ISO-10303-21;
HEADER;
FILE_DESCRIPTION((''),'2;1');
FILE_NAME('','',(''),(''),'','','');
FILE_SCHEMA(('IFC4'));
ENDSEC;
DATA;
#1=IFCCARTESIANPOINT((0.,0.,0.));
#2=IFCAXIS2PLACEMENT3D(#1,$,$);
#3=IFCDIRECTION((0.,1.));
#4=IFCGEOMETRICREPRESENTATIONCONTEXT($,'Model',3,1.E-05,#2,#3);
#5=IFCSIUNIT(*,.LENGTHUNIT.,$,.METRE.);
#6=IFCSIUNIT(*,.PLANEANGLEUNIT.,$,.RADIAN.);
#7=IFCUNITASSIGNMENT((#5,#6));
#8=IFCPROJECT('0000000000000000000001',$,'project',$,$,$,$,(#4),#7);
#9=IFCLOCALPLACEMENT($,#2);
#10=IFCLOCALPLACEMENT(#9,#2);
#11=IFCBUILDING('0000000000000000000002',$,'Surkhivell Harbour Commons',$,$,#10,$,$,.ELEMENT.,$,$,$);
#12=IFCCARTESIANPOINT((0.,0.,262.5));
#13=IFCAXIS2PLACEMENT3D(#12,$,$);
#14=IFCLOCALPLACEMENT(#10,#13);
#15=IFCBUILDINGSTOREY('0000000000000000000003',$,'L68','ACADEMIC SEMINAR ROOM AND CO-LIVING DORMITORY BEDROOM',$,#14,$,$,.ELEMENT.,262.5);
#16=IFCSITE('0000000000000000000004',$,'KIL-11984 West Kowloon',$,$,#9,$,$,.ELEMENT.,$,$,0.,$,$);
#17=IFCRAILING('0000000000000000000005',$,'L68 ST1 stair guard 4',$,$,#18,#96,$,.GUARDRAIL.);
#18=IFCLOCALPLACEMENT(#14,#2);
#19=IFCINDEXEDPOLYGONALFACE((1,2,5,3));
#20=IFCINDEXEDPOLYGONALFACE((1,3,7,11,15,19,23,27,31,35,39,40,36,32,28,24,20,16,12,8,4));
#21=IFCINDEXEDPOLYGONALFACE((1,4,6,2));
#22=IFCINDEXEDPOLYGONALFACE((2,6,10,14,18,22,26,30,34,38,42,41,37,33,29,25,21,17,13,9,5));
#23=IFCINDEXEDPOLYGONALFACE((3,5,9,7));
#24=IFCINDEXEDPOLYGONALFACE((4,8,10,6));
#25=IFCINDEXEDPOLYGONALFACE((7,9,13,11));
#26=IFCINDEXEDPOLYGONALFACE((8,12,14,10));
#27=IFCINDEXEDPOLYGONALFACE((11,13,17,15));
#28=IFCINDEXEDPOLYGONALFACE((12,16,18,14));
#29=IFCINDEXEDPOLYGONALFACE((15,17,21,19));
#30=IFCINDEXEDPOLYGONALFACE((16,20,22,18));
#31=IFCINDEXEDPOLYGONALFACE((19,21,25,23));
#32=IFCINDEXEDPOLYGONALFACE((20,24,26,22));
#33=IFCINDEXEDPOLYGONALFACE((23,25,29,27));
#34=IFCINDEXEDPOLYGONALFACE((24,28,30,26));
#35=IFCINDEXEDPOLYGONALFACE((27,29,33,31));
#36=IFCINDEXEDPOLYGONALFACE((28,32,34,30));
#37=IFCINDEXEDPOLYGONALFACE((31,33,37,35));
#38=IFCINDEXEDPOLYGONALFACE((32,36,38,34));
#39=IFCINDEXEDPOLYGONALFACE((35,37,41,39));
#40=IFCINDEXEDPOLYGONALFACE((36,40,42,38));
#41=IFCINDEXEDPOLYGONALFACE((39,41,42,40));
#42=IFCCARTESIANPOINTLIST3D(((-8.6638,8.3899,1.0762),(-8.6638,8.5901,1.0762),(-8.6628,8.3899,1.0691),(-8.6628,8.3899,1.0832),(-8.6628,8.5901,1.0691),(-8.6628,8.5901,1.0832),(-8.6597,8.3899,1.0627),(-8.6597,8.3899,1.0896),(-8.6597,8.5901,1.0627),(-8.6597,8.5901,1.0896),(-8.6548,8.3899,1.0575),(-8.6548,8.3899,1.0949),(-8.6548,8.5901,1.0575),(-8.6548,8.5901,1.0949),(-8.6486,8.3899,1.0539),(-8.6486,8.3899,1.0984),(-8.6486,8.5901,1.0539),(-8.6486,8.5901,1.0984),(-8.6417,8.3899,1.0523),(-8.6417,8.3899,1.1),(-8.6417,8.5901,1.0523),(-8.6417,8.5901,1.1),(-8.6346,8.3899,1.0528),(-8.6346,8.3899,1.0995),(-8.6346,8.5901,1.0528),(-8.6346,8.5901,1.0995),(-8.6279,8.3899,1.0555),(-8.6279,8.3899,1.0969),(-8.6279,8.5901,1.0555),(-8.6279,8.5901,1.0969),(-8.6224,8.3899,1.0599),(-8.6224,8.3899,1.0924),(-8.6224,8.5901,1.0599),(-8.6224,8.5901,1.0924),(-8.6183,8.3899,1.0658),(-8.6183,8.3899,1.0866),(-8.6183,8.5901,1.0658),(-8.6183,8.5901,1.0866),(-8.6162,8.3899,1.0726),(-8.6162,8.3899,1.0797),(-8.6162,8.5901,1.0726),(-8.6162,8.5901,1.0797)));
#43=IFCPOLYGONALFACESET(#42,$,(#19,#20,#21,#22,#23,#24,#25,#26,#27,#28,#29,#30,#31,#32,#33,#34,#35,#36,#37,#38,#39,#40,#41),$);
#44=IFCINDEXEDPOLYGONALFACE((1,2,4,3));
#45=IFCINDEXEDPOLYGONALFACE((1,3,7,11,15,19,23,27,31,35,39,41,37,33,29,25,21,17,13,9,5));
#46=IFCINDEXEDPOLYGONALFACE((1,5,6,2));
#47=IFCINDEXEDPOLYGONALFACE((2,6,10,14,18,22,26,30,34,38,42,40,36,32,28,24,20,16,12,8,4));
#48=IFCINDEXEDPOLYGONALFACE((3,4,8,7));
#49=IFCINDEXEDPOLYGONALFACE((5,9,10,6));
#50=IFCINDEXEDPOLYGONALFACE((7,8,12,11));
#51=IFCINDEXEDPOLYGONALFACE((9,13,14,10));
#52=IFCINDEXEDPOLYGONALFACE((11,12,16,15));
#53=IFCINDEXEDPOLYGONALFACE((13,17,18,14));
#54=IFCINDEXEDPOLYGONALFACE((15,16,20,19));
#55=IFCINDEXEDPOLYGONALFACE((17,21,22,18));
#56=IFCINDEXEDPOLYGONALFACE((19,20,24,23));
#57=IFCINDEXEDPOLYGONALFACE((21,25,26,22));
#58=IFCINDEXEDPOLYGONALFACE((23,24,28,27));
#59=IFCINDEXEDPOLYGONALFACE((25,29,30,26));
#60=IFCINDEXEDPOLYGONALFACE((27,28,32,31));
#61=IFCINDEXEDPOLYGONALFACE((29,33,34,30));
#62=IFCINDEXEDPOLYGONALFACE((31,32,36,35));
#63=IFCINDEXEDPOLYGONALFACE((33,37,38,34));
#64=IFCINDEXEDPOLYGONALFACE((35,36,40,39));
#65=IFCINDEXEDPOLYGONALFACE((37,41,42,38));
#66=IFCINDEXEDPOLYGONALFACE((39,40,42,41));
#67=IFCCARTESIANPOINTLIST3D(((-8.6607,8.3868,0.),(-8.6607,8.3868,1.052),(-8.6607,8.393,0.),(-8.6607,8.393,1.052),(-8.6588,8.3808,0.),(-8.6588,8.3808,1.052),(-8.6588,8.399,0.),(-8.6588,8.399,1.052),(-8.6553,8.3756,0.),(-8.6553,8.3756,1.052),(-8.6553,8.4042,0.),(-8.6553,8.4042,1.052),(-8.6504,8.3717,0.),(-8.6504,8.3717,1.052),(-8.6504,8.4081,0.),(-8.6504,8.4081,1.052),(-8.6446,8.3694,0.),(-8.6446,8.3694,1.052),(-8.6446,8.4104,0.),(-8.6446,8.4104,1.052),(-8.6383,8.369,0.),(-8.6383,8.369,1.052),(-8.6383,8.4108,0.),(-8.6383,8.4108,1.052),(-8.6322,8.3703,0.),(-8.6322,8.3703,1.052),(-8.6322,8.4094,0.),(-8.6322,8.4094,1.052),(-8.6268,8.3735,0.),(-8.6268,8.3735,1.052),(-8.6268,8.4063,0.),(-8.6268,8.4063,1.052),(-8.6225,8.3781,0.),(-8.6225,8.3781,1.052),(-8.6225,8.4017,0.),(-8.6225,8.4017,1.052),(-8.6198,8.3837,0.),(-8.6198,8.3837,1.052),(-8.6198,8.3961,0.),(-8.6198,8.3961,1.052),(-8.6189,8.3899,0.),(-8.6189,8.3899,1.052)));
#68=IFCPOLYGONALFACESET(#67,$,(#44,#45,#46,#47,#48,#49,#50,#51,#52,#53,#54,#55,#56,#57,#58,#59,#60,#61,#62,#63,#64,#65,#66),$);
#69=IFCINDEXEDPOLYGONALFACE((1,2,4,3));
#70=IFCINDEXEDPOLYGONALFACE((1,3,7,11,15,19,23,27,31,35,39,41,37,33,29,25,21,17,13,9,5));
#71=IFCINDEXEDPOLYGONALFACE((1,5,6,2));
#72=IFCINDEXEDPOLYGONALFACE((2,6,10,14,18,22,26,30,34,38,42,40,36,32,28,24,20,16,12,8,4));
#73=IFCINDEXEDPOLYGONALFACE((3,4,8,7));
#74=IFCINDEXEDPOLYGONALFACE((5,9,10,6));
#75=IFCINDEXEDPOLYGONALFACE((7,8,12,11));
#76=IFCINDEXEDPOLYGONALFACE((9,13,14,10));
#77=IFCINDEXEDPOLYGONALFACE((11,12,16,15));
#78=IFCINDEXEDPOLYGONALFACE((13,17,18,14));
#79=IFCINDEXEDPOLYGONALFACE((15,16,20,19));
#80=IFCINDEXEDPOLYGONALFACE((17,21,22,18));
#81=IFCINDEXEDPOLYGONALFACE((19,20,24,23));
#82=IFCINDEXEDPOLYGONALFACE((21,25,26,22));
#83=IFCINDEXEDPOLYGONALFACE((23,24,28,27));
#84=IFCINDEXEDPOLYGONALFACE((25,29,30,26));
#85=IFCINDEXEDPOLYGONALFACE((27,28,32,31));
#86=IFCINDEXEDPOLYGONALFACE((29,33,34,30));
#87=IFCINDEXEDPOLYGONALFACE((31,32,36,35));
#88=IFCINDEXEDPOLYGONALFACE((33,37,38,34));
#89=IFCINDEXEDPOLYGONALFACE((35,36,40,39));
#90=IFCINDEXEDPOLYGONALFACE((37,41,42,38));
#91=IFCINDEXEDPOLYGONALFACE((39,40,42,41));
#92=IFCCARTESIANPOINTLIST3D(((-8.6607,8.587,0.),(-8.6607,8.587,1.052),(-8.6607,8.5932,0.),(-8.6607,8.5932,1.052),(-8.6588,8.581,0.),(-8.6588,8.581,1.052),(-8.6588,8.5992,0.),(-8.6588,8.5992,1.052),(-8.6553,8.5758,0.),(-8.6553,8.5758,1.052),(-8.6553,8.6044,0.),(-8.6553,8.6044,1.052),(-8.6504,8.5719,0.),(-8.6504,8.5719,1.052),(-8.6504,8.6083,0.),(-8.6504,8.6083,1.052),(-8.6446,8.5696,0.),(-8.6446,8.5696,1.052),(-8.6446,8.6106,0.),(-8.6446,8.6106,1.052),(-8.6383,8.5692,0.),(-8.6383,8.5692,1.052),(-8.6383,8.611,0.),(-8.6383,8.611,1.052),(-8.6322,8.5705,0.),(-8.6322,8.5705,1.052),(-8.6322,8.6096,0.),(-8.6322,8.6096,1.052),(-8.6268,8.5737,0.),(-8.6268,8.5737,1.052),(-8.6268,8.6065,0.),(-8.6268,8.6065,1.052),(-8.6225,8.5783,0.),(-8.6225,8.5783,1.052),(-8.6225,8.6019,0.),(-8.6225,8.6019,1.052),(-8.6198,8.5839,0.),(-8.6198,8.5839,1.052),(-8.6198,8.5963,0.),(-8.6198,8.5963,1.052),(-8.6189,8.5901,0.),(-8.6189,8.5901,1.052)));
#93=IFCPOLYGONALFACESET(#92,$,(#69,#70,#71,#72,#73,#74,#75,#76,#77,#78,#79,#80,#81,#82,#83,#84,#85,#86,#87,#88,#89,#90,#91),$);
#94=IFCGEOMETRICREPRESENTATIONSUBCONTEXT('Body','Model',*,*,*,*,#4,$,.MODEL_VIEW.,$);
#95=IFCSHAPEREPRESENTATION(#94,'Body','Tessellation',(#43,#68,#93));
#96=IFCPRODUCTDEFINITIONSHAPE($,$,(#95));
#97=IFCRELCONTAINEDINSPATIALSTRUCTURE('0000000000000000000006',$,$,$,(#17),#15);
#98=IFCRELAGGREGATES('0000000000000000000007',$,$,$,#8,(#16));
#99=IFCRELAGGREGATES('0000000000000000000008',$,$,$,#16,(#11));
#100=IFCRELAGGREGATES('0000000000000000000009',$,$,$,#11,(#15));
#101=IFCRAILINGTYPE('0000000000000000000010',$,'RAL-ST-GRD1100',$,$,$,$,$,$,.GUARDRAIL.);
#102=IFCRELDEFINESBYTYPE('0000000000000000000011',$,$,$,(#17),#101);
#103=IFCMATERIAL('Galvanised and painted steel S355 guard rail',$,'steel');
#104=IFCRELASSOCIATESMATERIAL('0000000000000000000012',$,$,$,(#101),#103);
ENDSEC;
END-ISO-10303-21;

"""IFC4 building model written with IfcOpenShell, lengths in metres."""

from ifc_helpers import new_model, si_unit, direction, frame, origin, origin_2d, place, context, subcontext, project, spatial, circle, extrude, material, type_object, element, save


model = new_model("IFC4")

# Units and contexts
model_context = context("Model", 3, precision=1e-05, world=origin(), true_north=direction((0.0, 1.0)))
body_context = subcontext(model_context, "Body", "Model", "MODEL_VIEW")
ifc_project = project(units=[si_unit("LENGTHUNIT", "METRE"), si_unit("PLANEANGLEUNIT", "RADIAN")], contexts=[model_context])

# Site, building, storey
site_placement = place(None, origin())
site = spatial("IfcSite", under=ifc_project, at=site_placement, Name="KIL-11984 West Kowloon", CompositionType="ELEMENT", RefElevation=0.0)
building_placement = place(site_placement, origin())
building = spatial("IfcBuilding", under=site, at=building_placement, Name="Surkhivell Harbour Commons", CompositionType="ELEMENT")
storey_placement = place(building_placement, frame((0.0, 0.0, 262.5)))
storey = spatial("IfcBuildingStorey", under=building, at=storey_placement, Name="L68", Description="ACADEMIC SEMINAR ROOM AND CO-LIVING DORMITORY BEDROOM", CompositionType="ELEMENT", Elevation=262.5)

# Railing
ifc_material_1 = material(Name="Galvanised and painted steel S355 guard rail", Category="steel")
railing_type_1 = type_object("IfcRailingType", Name="RAL-ST-GRD1100", PredefinedType="GUARDRAIL", material=ifc_material_1)
railing_1_placement = place(storey_placement, frame((-8.6399, 8.3899, 0.0)))
element("IfcRailing", 1, at=railing_1_placement, inside=storey, type_object=railing_type_1, Name="L68 ST1 stair guard 4", PredefinedType="GUARDRAIL", context=body_context, shape_type="SweptSolid", body=[
    extrude(circle(Radius=0.0239, at=origin_2d()), frame((0.0, 0.0, 1.0762), z_axis=(0.0, 1.0, 0.0), x_axis=(-1.0, 0.0, 0.0)), (0.0, 0.0, 1.0), 0.2002),
    extrude(circle(Radius=0.021, at=origin_2d()), origin(), (0.0, 0.0, 1.0), 1.052),
    extrude(circle(Radius=0.021, at=origin_2d()), frame((0.0, 0.2002, 0.0)), (0.0, 0.0, 1.0), 1.052),
])

save(model, "model.ifc")
